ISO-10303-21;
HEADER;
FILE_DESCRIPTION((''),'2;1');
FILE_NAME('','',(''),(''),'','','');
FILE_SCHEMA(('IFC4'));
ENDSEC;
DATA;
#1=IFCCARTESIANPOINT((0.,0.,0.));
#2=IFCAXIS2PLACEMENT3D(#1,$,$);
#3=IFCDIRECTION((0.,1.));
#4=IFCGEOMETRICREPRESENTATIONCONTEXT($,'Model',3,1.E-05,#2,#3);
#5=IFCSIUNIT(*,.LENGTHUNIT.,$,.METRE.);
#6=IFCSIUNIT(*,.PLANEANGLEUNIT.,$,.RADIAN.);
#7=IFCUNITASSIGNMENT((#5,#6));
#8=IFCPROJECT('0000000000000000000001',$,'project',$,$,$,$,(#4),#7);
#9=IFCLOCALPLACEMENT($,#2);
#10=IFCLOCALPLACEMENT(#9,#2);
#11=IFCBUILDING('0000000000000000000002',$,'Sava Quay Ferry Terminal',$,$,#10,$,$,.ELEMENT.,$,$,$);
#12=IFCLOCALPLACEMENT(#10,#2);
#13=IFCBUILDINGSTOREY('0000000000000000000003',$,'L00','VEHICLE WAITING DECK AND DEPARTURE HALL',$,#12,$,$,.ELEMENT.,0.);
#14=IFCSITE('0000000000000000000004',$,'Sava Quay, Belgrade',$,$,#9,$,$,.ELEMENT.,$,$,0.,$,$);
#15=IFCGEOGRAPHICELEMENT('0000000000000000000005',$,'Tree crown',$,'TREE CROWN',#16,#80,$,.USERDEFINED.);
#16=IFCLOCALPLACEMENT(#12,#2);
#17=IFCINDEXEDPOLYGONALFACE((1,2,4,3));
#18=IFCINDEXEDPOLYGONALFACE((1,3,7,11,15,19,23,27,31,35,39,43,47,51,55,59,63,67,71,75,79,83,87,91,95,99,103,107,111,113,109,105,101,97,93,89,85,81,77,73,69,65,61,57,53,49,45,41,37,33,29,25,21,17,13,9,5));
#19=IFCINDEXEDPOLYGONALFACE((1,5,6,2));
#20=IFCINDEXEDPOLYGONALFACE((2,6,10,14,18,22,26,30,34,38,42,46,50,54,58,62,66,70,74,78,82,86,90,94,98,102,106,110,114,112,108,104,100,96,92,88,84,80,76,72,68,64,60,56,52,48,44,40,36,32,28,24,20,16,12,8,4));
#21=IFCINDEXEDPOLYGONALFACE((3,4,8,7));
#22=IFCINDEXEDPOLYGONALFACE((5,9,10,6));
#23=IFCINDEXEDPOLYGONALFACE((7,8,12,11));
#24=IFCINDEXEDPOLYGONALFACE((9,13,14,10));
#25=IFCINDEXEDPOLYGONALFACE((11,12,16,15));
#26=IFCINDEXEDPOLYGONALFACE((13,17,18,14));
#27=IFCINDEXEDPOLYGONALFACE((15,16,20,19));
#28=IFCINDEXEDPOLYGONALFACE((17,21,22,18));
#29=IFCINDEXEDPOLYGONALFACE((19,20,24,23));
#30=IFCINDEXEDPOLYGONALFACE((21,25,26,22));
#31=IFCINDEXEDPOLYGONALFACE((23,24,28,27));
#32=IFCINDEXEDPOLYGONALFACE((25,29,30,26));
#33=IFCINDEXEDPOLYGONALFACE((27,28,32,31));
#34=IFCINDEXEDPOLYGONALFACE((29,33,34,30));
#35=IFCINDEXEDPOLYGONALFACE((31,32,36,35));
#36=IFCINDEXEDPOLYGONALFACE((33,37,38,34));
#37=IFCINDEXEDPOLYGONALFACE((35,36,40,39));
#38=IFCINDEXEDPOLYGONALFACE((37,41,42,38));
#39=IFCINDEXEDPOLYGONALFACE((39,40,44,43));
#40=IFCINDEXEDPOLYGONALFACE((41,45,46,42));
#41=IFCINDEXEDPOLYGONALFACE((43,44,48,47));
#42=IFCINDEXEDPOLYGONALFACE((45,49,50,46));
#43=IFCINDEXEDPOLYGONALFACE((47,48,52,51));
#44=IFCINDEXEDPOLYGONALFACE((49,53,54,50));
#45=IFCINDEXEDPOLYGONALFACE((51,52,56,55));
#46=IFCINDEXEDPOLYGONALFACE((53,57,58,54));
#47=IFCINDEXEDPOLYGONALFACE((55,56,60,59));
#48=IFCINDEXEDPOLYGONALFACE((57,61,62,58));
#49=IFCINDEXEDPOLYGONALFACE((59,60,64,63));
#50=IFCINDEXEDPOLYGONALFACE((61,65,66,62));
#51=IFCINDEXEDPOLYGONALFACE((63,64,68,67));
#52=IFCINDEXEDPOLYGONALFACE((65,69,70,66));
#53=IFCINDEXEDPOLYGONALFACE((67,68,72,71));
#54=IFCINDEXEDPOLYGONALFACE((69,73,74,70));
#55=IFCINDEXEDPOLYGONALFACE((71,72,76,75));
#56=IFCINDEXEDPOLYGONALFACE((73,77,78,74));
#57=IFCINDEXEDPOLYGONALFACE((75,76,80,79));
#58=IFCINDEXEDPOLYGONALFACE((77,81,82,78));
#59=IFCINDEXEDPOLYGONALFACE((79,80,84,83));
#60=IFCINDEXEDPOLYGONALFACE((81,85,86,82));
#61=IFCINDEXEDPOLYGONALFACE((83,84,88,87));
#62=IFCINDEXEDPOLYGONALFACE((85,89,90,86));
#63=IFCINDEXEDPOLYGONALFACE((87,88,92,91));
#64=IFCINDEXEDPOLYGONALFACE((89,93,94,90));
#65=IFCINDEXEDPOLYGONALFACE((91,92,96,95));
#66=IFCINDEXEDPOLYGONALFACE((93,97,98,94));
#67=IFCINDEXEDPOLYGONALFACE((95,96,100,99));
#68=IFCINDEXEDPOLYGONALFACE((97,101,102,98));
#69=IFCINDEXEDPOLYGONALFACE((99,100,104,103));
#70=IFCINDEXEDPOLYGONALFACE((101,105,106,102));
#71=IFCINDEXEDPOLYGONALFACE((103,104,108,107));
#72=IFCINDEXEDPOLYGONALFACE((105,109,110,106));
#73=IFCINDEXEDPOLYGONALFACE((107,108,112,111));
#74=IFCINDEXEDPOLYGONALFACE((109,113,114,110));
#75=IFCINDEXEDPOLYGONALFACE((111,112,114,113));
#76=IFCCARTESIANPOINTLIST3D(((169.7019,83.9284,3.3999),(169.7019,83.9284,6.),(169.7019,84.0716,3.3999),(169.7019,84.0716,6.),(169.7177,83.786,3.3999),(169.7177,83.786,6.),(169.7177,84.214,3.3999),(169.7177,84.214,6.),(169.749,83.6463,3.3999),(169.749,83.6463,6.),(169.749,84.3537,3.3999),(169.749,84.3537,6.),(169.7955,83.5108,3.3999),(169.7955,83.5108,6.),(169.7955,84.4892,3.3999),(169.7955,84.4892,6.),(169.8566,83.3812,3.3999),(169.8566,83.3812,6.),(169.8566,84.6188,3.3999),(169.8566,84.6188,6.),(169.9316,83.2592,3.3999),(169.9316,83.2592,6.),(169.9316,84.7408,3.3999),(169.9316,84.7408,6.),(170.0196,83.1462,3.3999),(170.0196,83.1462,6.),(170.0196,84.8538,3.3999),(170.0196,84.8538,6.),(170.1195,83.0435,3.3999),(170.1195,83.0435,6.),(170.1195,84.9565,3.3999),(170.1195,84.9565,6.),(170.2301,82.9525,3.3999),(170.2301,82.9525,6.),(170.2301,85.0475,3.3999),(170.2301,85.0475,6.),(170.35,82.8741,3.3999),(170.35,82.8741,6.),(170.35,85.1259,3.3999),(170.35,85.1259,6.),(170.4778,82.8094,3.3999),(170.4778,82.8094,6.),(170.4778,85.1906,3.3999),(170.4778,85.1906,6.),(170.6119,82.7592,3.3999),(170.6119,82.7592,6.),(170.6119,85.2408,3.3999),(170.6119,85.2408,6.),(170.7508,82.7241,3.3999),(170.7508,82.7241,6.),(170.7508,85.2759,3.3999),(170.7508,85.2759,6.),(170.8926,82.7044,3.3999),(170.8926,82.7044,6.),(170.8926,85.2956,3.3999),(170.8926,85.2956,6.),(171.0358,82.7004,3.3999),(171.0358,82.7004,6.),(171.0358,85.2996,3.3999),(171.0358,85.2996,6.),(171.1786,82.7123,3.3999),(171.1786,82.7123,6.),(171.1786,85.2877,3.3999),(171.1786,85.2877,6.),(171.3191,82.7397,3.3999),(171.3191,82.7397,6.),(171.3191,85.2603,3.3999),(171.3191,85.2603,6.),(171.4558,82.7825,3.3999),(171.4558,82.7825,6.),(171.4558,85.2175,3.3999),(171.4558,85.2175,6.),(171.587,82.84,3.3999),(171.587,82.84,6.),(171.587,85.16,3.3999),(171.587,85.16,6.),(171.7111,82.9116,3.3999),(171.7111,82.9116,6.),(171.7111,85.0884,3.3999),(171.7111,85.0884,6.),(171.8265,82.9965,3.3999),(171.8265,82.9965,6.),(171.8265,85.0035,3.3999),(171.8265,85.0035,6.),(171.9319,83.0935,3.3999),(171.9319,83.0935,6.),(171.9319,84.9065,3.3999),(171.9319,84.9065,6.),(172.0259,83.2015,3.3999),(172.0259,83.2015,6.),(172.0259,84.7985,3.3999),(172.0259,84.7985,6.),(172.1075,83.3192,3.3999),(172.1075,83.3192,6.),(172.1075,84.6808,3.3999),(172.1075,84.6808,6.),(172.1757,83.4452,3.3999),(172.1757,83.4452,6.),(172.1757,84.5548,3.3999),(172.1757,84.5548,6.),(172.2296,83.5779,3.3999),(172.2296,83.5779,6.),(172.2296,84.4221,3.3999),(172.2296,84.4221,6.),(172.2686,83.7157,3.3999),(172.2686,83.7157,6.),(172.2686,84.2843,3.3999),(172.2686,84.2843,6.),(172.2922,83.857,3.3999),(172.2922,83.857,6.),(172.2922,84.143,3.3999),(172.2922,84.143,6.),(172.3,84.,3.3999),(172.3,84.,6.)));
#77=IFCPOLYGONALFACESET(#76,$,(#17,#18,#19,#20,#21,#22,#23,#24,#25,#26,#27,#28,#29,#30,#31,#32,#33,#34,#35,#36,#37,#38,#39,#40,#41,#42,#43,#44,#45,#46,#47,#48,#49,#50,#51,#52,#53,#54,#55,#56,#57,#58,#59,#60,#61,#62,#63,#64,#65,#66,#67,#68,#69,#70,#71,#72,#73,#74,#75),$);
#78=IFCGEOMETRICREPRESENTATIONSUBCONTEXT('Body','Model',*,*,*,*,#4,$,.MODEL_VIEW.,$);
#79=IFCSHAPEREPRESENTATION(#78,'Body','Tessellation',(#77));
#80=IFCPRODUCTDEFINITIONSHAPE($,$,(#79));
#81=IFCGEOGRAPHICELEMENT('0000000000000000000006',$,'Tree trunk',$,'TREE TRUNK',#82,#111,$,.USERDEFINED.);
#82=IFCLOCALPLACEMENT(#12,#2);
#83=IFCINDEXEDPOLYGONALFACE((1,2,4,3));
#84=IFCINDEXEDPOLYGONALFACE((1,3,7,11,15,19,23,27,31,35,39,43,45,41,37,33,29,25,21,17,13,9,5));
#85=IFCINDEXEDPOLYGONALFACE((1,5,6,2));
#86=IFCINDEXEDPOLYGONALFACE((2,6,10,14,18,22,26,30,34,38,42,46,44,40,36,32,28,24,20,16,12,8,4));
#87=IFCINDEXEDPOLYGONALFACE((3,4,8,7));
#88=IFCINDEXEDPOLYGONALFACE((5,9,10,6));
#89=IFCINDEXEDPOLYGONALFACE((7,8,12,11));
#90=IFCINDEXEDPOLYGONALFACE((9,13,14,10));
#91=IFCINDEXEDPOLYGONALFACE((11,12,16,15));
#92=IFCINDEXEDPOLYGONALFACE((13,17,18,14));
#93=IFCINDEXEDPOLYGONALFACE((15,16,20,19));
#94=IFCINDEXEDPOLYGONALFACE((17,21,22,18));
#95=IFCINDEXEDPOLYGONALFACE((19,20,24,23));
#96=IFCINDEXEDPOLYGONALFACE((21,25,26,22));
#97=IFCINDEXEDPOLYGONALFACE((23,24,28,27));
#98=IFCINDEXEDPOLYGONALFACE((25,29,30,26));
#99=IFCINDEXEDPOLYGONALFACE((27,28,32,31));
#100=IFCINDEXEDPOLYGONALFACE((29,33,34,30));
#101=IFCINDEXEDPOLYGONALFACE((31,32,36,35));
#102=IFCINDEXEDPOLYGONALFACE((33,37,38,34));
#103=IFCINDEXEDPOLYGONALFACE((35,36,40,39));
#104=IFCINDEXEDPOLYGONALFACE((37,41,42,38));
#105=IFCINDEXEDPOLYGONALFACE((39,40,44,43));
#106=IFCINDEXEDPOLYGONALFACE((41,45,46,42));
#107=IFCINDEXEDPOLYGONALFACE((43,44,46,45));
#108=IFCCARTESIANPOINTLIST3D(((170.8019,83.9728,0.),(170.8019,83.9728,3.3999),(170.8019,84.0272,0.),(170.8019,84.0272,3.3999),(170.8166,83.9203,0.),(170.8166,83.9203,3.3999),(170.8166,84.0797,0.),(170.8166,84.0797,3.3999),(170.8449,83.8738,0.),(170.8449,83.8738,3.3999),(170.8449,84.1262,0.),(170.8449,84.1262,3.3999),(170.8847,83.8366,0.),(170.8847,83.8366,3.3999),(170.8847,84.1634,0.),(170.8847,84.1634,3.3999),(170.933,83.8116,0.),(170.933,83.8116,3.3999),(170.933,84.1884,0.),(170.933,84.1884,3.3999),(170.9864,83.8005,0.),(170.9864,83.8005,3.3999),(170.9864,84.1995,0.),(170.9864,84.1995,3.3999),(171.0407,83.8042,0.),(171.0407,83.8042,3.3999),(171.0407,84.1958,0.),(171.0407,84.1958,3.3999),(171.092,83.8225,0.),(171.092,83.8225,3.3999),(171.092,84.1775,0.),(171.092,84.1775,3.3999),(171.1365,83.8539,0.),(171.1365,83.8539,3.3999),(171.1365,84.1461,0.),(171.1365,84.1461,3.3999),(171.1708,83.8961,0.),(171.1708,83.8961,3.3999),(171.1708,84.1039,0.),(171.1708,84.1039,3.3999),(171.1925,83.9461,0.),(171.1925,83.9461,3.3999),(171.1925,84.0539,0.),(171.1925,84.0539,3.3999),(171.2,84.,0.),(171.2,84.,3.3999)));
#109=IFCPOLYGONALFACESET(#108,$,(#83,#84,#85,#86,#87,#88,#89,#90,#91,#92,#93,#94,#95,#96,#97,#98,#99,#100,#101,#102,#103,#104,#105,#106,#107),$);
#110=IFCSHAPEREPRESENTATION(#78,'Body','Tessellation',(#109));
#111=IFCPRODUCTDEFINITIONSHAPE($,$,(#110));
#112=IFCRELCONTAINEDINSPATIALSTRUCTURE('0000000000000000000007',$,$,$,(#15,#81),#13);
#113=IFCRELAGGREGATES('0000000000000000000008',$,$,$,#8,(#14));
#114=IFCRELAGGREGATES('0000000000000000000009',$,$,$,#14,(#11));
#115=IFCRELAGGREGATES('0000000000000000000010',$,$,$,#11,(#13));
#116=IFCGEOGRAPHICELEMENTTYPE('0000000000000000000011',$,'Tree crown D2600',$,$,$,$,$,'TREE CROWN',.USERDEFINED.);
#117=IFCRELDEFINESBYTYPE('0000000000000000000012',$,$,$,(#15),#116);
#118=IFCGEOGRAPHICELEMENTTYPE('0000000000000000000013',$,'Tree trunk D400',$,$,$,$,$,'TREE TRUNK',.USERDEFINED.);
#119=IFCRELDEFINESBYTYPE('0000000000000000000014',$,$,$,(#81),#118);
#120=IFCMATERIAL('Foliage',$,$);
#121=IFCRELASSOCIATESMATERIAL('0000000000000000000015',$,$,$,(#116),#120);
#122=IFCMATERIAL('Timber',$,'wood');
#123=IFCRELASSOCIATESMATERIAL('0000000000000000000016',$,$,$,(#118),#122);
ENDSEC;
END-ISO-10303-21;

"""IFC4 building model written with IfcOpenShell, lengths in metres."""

from ifc_helpers import new_model, si_unit, direction, frame, origin, origin_2d, place, context, subcontext, project, spatial, circle, extrude, material, type_object, element, save


model = new_model("IFC4")

# Units and contexts
model_context = context("Model", 3, precision=1e-05, world=origin(), true_north=direction((0.0, 1.0)))
body_context = subcontext(model_context, "Body", "Model", "MODEL_VIEW")
ifc_project = project(units=[si_unit("LENGTHUNIT", "METRE"), si_unit("PLANEANGLEUNIT", "RADIAN")], contexts=[model_context])

# Site, building, storey
site_placement = place(None, origin())
site = spatial("IfcSite", under=ifc_project, at=site_placement, Name="Sava Quay, Belgrade", CompositionType="ELEMENT", RefElevation=0.0)
building_placement = place(site_placement, origin())
building = spatial("IfcBuilding", under=site, at=building_placement, Name="Sava Quay Ferry Terminal", CompositionType="ELEMENT")
storey_placement = place(building_placement, origin())
storey = spatial("IfcBuildingStorey", under=building, at=storey_placement, Name="L00", Description="VEHICLE WAITING DECK AND DEPARTURE HALL", CompositionType="ELEMENT", Elevation=0.0)

# Geographic elements
ifc_material_1 = material(Name="Foliage")
geographic_element_type_1 = type_object("IfcGeographicElementType", Name="Tree crown D2600", ElementType="TREE CROWN", PredefinedType="USERDEFINED", material=ifc_material_1)
geographic_element_1_placement = place(storey_placement, frame((171.0, 84.0, 6.0), z_axis=(0.0, 0.0, -1.0), x_axis=(1.0, 0.0, 0.0)))
element("IfcGeographicElement", 1, at=geographic_element_1_placement, inside=storey, type_object=geographic_element_type_1, Name="Tree crown", ObjectType="TREE CROWN", PredefinedType="USERDEFINED", context=body_context, shape_type="SweptSolid", body=[
    extrude(circle(Radius=1.3, at=origin_2d()), origin(), (0.0, 0.0, 1.0), 2.6001),
])
ifc_material_2 = material(Name="Timber", Category="wood")
geographic_element_type_2 = type_object("IfcGeographicElementType", Name="Tree trunk D400", ElementType="TREE TRUNK", PredefinedType="USERDEFINED", material=ifc_material_2)
geographic_element_2_placement = place(storey_placement, frame((171.0, 84.0, 3.3999), z_axis=(0.0, 0.0, -1.0), x_axis=(1.0, 0.0, 0.0)))
element("IfcGeographicElement", 2, at=geographic_element_2_placement, inside=storey, type_object=geographic_element_type_2, Name="Tree trunk", ObjectType="TREE TRUNK", PredefinedType="USERDEFINED", context=body_context, shape_type="SweptSolid", body=[
    extrude(circle(Radius=0.2, at=origin_2d()), origin(), (0.0, 0.0, 1.0), 3.3999),
])

save(model, "model.ifc")
